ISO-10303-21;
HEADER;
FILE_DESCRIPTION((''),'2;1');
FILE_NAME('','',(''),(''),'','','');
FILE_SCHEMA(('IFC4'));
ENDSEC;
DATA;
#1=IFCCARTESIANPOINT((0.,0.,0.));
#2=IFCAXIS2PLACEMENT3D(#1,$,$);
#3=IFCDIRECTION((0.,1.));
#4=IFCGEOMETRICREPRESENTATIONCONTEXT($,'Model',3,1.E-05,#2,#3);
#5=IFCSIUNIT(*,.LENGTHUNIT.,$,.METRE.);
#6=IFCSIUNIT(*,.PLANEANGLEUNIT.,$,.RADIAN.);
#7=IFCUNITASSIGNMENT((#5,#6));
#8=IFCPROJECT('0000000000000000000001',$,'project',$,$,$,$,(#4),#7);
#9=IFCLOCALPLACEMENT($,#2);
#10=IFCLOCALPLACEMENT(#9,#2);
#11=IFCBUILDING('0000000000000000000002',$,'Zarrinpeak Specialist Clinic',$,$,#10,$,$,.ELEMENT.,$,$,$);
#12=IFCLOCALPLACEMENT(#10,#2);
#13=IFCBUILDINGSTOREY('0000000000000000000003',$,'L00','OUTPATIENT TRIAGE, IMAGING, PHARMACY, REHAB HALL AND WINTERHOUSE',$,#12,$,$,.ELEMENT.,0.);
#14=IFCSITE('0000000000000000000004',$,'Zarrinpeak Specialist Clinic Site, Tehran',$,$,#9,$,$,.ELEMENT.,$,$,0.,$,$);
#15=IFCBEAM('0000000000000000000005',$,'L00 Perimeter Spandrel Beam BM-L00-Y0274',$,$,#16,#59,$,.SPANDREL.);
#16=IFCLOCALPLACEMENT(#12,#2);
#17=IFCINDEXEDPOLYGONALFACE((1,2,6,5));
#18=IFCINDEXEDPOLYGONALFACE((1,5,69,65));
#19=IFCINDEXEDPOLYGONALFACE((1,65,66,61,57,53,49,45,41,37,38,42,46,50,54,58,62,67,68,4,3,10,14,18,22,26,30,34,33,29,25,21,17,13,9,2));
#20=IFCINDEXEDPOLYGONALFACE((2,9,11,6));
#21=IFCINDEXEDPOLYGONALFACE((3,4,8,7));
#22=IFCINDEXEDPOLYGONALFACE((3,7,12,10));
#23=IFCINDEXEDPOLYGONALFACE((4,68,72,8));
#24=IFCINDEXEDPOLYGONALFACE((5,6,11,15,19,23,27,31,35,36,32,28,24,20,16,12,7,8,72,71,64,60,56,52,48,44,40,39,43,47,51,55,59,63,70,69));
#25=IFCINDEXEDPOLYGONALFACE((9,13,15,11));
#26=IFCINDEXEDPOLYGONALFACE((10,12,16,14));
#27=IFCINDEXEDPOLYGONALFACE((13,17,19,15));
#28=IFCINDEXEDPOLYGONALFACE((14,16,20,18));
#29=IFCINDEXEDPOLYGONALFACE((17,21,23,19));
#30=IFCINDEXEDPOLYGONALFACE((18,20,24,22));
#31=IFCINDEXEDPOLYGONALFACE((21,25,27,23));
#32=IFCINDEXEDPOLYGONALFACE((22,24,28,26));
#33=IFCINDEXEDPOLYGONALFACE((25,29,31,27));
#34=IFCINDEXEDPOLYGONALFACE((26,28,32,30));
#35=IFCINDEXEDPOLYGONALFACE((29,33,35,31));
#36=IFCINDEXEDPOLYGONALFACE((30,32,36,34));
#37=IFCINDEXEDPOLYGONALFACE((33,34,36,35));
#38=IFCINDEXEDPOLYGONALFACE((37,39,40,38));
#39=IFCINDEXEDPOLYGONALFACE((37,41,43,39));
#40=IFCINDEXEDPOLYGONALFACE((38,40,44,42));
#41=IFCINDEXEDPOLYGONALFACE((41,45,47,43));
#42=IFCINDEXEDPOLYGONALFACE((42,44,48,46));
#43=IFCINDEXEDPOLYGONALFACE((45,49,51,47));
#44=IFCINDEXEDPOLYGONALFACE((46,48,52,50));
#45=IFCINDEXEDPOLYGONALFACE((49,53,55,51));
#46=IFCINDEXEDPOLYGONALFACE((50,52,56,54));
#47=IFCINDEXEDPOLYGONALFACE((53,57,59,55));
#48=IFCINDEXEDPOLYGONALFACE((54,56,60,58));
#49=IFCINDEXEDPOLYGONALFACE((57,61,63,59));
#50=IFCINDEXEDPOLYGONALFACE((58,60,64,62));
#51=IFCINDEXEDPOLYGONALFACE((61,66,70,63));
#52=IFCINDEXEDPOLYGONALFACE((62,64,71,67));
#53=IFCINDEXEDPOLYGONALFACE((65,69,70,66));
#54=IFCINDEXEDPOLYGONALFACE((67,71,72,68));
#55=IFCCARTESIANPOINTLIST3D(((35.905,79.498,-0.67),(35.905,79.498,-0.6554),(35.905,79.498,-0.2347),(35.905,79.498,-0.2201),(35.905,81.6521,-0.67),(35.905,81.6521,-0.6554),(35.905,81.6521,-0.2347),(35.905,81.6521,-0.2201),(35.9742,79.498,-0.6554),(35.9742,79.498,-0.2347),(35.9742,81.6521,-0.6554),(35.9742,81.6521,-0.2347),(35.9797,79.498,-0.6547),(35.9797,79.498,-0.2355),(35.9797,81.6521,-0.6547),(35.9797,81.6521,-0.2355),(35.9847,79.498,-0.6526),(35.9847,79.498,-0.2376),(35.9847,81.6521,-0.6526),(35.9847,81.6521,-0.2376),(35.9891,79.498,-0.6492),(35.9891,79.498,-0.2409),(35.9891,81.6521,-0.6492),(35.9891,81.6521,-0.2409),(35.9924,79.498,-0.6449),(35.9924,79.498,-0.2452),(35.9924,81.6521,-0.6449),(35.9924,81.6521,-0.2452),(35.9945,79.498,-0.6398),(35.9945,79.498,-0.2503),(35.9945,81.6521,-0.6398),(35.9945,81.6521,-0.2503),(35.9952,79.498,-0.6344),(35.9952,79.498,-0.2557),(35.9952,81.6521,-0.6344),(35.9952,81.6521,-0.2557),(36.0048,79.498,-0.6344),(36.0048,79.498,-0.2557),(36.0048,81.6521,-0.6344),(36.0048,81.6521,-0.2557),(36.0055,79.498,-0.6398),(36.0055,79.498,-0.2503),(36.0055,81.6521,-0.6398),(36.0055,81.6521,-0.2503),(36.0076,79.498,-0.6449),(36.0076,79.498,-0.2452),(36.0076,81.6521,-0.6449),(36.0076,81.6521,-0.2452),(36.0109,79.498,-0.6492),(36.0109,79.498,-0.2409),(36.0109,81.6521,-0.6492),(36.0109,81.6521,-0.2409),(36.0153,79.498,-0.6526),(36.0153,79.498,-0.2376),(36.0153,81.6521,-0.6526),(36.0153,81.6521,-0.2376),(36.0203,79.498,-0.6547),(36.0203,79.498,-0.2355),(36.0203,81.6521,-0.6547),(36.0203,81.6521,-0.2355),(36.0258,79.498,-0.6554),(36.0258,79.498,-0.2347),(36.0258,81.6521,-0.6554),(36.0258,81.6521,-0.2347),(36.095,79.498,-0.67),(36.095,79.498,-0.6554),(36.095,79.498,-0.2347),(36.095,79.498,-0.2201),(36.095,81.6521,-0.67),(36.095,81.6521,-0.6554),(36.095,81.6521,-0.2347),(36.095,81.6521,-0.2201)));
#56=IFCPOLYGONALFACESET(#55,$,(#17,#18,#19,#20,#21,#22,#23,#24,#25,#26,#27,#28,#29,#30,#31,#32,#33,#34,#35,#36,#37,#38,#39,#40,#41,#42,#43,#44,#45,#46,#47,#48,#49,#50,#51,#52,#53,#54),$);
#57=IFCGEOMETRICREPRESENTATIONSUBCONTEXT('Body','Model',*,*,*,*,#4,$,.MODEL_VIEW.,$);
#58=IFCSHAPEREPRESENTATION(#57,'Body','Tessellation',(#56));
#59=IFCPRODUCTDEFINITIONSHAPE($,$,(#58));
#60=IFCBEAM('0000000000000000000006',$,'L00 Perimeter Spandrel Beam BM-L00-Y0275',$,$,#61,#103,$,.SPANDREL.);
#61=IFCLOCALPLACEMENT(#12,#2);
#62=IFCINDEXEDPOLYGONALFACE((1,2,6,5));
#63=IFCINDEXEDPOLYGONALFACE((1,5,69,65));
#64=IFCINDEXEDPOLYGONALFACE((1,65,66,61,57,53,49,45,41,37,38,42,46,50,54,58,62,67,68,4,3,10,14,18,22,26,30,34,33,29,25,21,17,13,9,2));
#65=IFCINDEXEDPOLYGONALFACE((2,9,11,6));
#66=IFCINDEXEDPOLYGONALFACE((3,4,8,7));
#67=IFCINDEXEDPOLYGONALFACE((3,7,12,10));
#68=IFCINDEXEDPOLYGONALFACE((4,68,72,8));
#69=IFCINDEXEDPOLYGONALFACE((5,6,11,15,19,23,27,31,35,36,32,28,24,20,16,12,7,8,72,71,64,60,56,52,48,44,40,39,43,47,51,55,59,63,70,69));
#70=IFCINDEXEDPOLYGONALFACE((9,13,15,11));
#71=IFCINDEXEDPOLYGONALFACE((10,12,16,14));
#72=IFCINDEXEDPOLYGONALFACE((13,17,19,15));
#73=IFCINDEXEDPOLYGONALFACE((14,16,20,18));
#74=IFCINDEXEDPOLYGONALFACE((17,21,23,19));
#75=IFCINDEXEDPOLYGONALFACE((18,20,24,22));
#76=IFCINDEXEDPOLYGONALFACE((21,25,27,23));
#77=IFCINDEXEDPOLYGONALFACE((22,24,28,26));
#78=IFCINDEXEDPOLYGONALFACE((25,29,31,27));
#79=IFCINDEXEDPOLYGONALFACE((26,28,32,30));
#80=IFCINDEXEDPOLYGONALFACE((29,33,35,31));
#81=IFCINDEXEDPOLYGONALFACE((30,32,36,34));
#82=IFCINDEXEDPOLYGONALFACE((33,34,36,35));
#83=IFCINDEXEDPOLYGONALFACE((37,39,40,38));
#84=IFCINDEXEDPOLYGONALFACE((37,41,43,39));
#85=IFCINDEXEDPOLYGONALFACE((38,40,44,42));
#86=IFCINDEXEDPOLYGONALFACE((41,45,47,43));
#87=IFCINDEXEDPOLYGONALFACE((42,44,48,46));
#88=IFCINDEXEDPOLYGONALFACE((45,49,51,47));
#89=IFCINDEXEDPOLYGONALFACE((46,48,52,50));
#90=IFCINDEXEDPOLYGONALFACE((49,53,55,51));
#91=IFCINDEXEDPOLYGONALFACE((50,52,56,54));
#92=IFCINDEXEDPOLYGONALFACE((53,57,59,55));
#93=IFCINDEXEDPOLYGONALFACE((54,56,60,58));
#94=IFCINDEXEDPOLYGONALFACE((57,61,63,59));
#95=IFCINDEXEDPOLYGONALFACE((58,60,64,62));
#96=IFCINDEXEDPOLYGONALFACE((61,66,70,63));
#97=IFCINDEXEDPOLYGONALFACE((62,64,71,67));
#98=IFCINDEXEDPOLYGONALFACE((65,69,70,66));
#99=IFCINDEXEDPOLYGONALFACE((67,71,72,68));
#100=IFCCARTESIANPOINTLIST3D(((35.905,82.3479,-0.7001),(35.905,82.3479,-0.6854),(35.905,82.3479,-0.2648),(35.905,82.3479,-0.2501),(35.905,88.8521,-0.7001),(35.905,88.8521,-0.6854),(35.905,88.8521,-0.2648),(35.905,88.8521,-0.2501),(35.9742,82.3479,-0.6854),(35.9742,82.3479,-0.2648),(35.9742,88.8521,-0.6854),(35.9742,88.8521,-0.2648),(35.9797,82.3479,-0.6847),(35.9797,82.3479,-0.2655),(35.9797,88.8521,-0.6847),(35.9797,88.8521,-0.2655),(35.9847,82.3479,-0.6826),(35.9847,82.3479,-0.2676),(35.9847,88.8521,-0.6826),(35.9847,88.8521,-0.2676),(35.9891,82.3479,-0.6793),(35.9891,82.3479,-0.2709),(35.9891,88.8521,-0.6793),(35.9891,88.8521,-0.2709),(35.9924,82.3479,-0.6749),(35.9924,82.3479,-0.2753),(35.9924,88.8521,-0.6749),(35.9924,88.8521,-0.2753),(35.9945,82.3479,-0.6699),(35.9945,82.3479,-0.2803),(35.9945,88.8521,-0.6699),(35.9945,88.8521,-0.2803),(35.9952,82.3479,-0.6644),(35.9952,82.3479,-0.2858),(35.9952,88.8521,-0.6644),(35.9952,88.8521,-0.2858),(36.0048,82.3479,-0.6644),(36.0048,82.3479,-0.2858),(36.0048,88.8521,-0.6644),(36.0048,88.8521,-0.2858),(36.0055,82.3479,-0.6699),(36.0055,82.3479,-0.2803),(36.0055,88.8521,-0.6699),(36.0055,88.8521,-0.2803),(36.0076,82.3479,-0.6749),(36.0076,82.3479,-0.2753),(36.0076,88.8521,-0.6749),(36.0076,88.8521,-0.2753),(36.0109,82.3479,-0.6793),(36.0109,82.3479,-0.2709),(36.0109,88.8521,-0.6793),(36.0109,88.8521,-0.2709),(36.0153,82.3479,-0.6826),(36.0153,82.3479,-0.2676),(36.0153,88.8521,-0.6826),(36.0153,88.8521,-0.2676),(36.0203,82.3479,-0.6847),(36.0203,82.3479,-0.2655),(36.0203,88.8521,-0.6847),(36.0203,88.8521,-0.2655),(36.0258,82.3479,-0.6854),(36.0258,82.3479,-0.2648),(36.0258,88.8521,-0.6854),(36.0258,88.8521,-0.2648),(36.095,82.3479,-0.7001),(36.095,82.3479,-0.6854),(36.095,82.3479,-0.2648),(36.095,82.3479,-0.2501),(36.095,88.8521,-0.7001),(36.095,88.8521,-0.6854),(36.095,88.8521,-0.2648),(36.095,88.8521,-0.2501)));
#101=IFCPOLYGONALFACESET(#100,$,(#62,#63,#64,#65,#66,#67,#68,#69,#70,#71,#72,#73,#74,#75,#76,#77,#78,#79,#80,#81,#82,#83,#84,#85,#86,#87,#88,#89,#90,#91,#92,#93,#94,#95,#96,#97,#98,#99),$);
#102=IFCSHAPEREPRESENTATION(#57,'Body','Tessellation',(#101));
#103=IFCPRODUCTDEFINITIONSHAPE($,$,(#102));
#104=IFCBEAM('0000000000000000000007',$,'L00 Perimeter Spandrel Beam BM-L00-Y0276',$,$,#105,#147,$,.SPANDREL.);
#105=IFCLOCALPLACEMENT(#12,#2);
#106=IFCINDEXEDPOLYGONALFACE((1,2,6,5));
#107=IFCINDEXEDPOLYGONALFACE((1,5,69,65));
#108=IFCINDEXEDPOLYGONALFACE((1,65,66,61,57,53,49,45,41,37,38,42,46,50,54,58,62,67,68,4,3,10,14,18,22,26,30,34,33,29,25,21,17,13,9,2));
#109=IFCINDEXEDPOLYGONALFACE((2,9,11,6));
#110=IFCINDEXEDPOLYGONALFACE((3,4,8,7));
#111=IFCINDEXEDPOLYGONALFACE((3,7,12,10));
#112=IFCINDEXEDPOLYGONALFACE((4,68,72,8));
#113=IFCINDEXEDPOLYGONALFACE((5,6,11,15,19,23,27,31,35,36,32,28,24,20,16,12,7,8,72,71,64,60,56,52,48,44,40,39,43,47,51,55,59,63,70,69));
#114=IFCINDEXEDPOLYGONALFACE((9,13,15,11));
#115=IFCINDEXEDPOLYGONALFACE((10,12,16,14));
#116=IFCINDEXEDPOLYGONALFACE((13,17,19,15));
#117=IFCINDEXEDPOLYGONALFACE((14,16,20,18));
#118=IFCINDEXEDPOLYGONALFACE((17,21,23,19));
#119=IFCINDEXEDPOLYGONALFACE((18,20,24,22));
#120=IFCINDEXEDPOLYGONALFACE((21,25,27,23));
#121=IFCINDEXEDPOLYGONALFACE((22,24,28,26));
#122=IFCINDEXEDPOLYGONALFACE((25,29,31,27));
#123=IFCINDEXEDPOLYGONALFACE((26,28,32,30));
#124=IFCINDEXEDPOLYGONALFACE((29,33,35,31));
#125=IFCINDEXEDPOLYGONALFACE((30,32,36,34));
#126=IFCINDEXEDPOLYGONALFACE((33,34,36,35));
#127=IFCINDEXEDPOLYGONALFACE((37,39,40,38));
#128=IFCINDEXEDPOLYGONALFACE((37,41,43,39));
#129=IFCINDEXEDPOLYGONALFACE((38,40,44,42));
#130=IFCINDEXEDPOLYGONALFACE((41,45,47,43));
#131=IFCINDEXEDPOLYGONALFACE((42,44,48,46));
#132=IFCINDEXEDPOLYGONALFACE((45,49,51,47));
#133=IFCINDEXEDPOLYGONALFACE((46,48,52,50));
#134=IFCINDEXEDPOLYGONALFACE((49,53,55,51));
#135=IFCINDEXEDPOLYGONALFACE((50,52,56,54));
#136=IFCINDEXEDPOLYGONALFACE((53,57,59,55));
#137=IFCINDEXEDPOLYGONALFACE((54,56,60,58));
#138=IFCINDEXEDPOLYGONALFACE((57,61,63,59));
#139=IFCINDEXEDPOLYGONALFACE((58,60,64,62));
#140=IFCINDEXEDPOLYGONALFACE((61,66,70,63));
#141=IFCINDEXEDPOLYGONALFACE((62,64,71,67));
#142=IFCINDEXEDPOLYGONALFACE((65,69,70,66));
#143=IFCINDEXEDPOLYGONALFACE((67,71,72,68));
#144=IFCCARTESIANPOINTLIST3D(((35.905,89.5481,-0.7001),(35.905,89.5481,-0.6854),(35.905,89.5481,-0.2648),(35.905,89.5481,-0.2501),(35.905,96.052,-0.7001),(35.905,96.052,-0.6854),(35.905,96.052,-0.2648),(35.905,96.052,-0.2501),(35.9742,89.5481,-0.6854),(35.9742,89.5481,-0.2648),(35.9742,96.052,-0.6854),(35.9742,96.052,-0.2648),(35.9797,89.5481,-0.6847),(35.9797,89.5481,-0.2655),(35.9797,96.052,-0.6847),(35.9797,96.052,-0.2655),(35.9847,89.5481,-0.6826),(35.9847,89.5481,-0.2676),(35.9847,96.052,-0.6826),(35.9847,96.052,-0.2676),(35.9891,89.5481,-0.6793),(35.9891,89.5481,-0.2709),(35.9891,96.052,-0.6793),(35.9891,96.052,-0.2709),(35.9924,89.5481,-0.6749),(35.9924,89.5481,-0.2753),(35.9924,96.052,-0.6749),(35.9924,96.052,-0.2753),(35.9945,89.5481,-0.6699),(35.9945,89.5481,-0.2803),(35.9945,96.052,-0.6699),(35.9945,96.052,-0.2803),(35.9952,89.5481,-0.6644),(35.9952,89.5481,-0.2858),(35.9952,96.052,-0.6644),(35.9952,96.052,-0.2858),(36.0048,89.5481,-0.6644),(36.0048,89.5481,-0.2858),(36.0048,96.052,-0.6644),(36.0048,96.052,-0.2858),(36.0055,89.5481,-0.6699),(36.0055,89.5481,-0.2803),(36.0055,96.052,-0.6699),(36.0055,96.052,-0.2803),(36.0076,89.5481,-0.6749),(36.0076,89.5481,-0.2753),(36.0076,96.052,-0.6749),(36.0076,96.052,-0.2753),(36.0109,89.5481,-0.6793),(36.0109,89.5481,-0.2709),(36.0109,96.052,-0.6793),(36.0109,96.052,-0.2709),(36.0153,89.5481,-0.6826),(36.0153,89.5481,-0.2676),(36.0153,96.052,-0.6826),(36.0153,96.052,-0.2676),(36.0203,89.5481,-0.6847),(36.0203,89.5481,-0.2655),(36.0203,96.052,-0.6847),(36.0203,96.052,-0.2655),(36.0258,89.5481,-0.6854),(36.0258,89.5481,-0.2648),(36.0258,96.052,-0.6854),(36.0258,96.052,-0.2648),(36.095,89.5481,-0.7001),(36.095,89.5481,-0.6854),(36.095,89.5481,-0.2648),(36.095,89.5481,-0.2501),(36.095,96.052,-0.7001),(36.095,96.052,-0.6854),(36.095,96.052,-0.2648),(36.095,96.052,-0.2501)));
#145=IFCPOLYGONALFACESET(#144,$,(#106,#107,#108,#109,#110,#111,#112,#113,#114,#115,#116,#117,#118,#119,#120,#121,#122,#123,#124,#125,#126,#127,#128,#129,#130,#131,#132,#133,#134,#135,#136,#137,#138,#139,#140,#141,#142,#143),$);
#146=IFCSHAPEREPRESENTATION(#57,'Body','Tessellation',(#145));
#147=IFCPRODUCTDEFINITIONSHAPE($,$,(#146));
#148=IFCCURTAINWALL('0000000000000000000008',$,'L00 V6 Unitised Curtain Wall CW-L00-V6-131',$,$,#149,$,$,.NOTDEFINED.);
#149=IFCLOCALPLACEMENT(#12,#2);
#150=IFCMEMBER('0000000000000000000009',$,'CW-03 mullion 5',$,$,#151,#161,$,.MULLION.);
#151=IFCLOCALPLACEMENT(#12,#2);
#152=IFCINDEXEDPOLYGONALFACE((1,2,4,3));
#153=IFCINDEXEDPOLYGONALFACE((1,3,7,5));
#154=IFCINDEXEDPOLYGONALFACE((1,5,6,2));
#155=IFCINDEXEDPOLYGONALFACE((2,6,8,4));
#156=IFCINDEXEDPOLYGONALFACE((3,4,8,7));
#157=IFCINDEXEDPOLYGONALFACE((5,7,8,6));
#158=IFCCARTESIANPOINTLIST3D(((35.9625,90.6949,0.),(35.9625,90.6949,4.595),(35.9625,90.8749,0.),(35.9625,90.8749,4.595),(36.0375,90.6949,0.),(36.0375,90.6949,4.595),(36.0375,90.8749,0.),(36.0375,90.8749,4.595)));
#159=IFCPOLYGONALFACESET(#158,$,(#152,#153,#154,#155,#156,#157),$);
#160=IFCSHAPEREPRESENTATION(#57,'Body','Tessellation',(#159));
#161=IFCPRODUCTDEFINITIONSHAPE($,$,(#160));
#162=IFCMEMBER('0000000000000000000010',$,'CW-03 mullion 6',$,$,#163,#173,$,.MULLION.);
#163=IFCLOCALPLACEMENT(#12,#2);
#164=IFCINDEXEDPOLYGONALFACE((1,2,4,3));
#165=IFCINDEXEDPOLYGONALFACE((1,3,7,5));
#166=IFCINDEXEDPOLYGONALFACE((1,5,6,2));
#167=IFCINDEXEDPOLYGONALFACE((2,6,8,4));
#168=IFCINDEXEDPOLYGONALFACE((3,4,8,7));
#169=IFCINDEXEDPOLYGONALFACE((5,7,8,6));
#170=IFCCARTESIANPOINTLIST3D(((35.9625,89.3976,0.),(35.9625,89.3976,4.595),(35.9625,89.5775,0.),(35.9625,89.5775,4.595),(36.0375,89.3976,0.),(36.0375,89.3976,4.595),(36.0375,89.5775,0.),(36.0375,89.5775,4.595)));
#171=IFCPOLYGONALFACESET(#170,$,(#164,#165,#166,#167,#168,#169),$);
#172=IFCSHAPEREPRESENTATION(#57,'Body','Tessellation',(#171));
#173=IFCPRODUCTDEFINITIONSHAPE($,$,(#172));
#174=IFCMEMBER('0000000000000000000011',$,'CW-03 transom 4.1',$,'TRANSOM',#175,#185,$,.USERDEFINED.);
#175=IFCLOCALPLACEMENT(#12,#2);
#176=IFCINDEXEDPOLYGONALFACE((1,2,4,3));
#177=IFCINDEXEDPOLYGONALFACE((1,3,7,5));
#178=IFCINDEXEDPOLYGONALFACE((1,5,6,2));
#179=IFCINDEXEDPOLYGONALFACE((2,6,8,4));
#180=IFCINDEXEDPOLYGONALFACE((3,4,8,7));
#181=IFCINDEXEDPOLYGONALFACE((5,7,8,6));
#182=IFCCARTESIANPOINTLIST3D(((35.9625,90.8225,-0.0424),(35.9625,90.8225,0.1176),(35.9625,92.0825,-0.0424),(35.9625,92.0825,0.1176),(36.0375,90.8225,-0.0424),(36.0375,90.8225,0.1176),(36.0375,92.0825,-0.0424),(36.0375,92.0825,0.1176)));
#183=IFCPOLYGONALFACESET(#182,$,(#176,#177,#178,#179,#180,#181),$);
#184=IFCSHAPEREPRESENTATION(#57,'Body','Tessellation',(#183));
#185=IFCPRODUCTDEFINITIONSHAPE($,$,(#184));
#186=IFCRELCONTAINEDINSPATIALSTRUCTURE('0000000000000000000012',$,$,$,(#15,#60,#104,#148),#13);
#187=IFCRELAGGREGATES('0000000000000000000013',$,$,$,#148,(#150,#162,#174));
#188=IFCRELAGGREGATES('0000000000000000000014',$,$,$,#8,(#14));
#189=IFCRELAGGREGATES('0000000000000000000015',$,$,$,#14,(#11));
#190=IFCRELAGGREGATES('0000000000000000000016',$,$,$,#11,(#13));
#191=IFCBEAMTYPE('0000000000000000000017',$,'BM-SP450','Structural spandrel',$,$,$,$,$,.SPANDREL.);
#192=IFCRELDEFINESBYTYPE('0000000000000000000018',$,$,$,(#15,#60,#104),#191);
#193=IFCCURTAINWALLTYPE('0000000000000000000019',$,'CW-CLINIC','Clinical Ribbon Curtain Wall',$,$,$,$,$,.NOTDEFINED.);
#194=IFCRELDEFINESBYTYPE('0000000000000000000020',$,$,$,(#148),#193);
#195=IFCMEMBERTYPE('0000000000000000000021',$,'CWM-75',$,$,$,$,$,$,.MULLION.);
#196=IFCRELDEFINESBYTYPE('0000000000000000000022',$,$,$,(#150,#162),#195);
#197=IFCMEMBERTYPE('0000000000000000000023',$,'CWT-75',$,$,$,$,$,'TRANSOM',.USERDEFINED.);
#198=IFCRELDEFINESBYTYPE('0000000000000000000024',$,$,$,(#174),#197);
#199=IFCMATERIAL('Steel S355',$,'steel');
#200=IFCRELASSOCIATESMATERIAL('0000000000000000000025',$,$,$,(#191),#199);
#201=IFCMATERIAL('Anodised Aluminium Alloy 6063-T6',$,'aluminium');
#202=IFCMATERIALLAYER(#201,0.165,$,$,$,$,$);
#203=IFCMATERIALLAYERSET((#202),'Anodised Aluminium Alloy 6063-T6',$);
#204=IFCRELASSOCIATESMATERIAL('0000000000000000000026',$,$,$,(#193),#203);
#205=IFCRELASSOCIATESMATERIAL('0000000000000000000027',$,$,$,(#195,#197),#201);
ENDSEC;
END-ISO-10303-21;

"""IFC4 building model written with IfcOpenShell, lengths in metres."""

from ifc_helpers import new_model, si_unit, direction, frame, origin, origin_2d, place, context, subcontext, project, spatial, rectangle, i_section, extrude, material, layer, layer_set, material_profile, profile_set, type_object, element, aggregate, save


model = new_model("IFC4")

# Units and contexts
model_context = context("Model", 3, precision=1e-05, world=origin(), true_north=direction((0.0, 1.0)))
body_context = subcontext(model_context, "Body", "Model", "MODEL_VIEW")
ifc_project = project(units=[si_unit("LENGTHUNIT", "METRE"), si_unit("PLANEANGLEUNIT", "RADIAN")], contexts=[model_context])

# Site, building, storey
site_placement = place(None, origin())
site = spatial("IfcSite", under=ifc_project, at=site_placement, Name="Zarrinpeak Specialist Clinic Site, Tehran", CompositionType="ELEMENT", RefElevation=0.0)
building_placement = place(site_placement, origin())
building = spatial("IfcBuilding", under=site, at=building_placement, Name="Zarrinpeak Specialist Clinic", CompositionType="ELEMENT")
storey_placement = place(building_placement, origin())
storey = spatial("IfcBuildingStorey", under=building, at=storey_placement, Name="L00", Description="OUTPATIENT TRIAGE, IMAGING, PHARMACY, REHAB HALL AND WINTERHOUSE", CompositionType="ELEMENT", Elevation=0.0)

# Shared definitions
ifc_material_1 = material(Name="Steel S355", Category="steel")

# Beams
ifc_material_profile_1 = material_profile(ifc_material_1, i_section(OverallWidth=0.1899, OverallDepth=0.45, WebThickness=0.0095, FlangeThickness=0.0146, FilletRadius=0.021, at=origin_2d()), Name="IPE 450")
ifc_profile_set_1 = profile_set([ifc_material_profile_1], Name="Steel S355")
beam_type_1 = type_object("IfcBeamType", Name="BM-SP450", Description="Structural spandrel", PredefinedType="SPANDREL", material=ifc_profile_set_1)
beam_1_placement = place(storey_placement, frame((36.0, 79.498, -0.4451), z_axis=(0.0, 1.0, 0.0), x_axis=(-1.0, 0.0, 0.0)))
element("IfcBeam", 1, at=beam_1_placement, inside=storey, type_object=beam_type_1, Name="L00 Perimeter Spandrel Beam BM-L00-Y0274", PredefinedType="SPANDREL", context=body_context, shape_type="SweptSolid", body=[
    extrude(i_section(OverallWidth=0.1899, OverallDepth=0.45, WebThickness=0.0095, FlangeThickness=0.0146, FilletRadius=0.021, at=origin_2d()), origin(), (0.0, 0.0, 1.0), 2.1541),
])
beam_2_placement = place(storey_placement, frame((36.0, 82.3479, -0.4751), z_axis=(0.0, 1.0, 0.0), x_axis=(-1.0, 0.0, 0.0)))
element("IfcBeam", 2, at=beam_2_placement, inside=storey, type_object=beam_type_1, Name="L00 Perimeter Spandrel Beam BM-L00-Y0275", PredefinedType="SPANDREL", context=body_context, shape_type="SweptSolid", body=[
    extrude(i_section(OverallWidth=0.1899, OverallDepth=0.45, WebThickness=0.0095, FlangeThickness=0.0146, FilletRadius=0.021, at=origin_2d()), origin(), (0.0, 0.0, 1.0), 6.5042),
])
beam_3_placement = place(storey_placement, frame((36.0, 89.5481, -0.4751), z_axis=(0.0, 1.0, 0.0), x_axis=(-1.0, 0.0, 0.0)))
element("IfcBeam", 3, at=beam_3_placement, inside=storey, type_object=beam_type_1, Name="L00 Perimeter Spandrel Beam BM-L00-Y0276", PredefinedType="SPANDREL", context=body_context, shape_type="SweptSolid", body=[
    extrude(i_section(OverallWidth=0.1899, OverallDepth=0.45, WebThickness=0.0095, FlangeThickness=0.0146, FilletRadius=0.021, at=origin_2d()), origin(), (0.0, 0.0, 1.0), 6.5039),
])

# Curtain wall, members
ifc_material_2 = material(Name="Anodised Aluminium Alloy 6063-T6", Category="aluminium")
ifc_layer_1 = layer(ifc_material_2, 0.165)
ifc_layer_set_1 = layer_set([ifc_layer_1], Name="Anodised Aluminium Alloy 6063-T6")
curtain_wall_type = type_object("IfcCurtainWallType", Name="CW-CLINIC", Description="Clinical Ribbon Curtain Wall", PredefinedType="NOTDEFINED", material=ifc_layer_set_1)
curtain_wall_placement = place(storey_placement, origin())
curtain_wall = element("IfcCurtainWall", 4, at=curtain_wall_placement, inside=storey, type_object=curtain_wall_type, Name="L00 V6 Unitised Curtain Wall CW-L00-V6-131", PredefinedType="NOTDEFINED")
ifc_material_profile_2 = material_profile(ifc_material_2, rectangle(XDim=0.075, YDim=0.1799, at=origin_2d()), Name="ALU 75x180")
ifc_profile_set_2 = profile_set([ifc_material_profile_2], Name="Anodised Aluminium Alloy 6063-T6")
member_type_1 = type_object("IfcMemberType", Name="CWM-75", PredefinedType="MULLION", material=ifc_profile_set_2)
member_1_placement = place(storey_placement, frame((36.0, 90.7849, 0.0), z_axis=(0.0, 0.0, 1.0), x_axis=(1.0, 0.0, 0.0)))
member_1 = element("IfcMember", 5, at=member_1_placement, type_object=member_type_1, Name="CW-03 mullion 5", PredefinedType="MULLION", context=body_context, shape_type="SweptSolid", body=[
    extrude(rectangle(XDim=0.075, YDim=0.1799, at=origin_2d()), origin(), (0.0, 0.0, 1.0), 4.595),
])
member_2_placement = place(storey_placement, frame((36.0, 89.4875, 0.0), z_axis=(0.0, 0.0, 1.0), x_axis=(1.0, 0.0, 0.0)))
member_2 = element("IfcMember", 6, at=member_2_placement, type_object=member_type_1, Name="CW-03 mullion 6", PredefinedType="MULLION", context=body_context, shape_type="SweptSolid", body=[
    extrude(rectangle(XDim=0.075, YDim=0.1799, at=origin_2d()), origin(), (0.0, 0.0, 1.0), 4.595),
])
ifc_material_profile_3 = material_profile(ifc_material_2, rectangle(XDim=0.075, YDim=0.1599, at=origin_2d()), Name="ALU 75x160")
ifc_profile_set_3 = profile_set([ifc_material_profile_3], Name="Anodised Aluminium Alloy 6063-T6")
member_type_2 = type_object("IfcMemberType", Name="CWT-75", ElementType="TRANSOM", PredefinedType="USERDEFINED", material=ifc_profile_set_3)
member_3_placement = place(storey_placement, frame((36.0, 92.0825, 0.0376), z_axis=(0.0, -1.0, 0.0), x_axis=(1.0, 0.0, 0.0)))
member_3 = element("IfcMember", 7, at=member_3_placement, type_object=member_type_2, Name="CW-03 transom 4.1", ObjectType="TRANSOM", PredefinedType="USERDEFINED", context=body_context, shape_type="SweptSolid", body=[
    extrude(rectangle(XDim=0.075, YDim=0.1599, at=origin_2d()), origin(), (0.0, 0.0, 1.0), 1.26),
])
aggregate(curtain_wall, [member_1, member_2, member_3])

save(model, "model.ifc")
